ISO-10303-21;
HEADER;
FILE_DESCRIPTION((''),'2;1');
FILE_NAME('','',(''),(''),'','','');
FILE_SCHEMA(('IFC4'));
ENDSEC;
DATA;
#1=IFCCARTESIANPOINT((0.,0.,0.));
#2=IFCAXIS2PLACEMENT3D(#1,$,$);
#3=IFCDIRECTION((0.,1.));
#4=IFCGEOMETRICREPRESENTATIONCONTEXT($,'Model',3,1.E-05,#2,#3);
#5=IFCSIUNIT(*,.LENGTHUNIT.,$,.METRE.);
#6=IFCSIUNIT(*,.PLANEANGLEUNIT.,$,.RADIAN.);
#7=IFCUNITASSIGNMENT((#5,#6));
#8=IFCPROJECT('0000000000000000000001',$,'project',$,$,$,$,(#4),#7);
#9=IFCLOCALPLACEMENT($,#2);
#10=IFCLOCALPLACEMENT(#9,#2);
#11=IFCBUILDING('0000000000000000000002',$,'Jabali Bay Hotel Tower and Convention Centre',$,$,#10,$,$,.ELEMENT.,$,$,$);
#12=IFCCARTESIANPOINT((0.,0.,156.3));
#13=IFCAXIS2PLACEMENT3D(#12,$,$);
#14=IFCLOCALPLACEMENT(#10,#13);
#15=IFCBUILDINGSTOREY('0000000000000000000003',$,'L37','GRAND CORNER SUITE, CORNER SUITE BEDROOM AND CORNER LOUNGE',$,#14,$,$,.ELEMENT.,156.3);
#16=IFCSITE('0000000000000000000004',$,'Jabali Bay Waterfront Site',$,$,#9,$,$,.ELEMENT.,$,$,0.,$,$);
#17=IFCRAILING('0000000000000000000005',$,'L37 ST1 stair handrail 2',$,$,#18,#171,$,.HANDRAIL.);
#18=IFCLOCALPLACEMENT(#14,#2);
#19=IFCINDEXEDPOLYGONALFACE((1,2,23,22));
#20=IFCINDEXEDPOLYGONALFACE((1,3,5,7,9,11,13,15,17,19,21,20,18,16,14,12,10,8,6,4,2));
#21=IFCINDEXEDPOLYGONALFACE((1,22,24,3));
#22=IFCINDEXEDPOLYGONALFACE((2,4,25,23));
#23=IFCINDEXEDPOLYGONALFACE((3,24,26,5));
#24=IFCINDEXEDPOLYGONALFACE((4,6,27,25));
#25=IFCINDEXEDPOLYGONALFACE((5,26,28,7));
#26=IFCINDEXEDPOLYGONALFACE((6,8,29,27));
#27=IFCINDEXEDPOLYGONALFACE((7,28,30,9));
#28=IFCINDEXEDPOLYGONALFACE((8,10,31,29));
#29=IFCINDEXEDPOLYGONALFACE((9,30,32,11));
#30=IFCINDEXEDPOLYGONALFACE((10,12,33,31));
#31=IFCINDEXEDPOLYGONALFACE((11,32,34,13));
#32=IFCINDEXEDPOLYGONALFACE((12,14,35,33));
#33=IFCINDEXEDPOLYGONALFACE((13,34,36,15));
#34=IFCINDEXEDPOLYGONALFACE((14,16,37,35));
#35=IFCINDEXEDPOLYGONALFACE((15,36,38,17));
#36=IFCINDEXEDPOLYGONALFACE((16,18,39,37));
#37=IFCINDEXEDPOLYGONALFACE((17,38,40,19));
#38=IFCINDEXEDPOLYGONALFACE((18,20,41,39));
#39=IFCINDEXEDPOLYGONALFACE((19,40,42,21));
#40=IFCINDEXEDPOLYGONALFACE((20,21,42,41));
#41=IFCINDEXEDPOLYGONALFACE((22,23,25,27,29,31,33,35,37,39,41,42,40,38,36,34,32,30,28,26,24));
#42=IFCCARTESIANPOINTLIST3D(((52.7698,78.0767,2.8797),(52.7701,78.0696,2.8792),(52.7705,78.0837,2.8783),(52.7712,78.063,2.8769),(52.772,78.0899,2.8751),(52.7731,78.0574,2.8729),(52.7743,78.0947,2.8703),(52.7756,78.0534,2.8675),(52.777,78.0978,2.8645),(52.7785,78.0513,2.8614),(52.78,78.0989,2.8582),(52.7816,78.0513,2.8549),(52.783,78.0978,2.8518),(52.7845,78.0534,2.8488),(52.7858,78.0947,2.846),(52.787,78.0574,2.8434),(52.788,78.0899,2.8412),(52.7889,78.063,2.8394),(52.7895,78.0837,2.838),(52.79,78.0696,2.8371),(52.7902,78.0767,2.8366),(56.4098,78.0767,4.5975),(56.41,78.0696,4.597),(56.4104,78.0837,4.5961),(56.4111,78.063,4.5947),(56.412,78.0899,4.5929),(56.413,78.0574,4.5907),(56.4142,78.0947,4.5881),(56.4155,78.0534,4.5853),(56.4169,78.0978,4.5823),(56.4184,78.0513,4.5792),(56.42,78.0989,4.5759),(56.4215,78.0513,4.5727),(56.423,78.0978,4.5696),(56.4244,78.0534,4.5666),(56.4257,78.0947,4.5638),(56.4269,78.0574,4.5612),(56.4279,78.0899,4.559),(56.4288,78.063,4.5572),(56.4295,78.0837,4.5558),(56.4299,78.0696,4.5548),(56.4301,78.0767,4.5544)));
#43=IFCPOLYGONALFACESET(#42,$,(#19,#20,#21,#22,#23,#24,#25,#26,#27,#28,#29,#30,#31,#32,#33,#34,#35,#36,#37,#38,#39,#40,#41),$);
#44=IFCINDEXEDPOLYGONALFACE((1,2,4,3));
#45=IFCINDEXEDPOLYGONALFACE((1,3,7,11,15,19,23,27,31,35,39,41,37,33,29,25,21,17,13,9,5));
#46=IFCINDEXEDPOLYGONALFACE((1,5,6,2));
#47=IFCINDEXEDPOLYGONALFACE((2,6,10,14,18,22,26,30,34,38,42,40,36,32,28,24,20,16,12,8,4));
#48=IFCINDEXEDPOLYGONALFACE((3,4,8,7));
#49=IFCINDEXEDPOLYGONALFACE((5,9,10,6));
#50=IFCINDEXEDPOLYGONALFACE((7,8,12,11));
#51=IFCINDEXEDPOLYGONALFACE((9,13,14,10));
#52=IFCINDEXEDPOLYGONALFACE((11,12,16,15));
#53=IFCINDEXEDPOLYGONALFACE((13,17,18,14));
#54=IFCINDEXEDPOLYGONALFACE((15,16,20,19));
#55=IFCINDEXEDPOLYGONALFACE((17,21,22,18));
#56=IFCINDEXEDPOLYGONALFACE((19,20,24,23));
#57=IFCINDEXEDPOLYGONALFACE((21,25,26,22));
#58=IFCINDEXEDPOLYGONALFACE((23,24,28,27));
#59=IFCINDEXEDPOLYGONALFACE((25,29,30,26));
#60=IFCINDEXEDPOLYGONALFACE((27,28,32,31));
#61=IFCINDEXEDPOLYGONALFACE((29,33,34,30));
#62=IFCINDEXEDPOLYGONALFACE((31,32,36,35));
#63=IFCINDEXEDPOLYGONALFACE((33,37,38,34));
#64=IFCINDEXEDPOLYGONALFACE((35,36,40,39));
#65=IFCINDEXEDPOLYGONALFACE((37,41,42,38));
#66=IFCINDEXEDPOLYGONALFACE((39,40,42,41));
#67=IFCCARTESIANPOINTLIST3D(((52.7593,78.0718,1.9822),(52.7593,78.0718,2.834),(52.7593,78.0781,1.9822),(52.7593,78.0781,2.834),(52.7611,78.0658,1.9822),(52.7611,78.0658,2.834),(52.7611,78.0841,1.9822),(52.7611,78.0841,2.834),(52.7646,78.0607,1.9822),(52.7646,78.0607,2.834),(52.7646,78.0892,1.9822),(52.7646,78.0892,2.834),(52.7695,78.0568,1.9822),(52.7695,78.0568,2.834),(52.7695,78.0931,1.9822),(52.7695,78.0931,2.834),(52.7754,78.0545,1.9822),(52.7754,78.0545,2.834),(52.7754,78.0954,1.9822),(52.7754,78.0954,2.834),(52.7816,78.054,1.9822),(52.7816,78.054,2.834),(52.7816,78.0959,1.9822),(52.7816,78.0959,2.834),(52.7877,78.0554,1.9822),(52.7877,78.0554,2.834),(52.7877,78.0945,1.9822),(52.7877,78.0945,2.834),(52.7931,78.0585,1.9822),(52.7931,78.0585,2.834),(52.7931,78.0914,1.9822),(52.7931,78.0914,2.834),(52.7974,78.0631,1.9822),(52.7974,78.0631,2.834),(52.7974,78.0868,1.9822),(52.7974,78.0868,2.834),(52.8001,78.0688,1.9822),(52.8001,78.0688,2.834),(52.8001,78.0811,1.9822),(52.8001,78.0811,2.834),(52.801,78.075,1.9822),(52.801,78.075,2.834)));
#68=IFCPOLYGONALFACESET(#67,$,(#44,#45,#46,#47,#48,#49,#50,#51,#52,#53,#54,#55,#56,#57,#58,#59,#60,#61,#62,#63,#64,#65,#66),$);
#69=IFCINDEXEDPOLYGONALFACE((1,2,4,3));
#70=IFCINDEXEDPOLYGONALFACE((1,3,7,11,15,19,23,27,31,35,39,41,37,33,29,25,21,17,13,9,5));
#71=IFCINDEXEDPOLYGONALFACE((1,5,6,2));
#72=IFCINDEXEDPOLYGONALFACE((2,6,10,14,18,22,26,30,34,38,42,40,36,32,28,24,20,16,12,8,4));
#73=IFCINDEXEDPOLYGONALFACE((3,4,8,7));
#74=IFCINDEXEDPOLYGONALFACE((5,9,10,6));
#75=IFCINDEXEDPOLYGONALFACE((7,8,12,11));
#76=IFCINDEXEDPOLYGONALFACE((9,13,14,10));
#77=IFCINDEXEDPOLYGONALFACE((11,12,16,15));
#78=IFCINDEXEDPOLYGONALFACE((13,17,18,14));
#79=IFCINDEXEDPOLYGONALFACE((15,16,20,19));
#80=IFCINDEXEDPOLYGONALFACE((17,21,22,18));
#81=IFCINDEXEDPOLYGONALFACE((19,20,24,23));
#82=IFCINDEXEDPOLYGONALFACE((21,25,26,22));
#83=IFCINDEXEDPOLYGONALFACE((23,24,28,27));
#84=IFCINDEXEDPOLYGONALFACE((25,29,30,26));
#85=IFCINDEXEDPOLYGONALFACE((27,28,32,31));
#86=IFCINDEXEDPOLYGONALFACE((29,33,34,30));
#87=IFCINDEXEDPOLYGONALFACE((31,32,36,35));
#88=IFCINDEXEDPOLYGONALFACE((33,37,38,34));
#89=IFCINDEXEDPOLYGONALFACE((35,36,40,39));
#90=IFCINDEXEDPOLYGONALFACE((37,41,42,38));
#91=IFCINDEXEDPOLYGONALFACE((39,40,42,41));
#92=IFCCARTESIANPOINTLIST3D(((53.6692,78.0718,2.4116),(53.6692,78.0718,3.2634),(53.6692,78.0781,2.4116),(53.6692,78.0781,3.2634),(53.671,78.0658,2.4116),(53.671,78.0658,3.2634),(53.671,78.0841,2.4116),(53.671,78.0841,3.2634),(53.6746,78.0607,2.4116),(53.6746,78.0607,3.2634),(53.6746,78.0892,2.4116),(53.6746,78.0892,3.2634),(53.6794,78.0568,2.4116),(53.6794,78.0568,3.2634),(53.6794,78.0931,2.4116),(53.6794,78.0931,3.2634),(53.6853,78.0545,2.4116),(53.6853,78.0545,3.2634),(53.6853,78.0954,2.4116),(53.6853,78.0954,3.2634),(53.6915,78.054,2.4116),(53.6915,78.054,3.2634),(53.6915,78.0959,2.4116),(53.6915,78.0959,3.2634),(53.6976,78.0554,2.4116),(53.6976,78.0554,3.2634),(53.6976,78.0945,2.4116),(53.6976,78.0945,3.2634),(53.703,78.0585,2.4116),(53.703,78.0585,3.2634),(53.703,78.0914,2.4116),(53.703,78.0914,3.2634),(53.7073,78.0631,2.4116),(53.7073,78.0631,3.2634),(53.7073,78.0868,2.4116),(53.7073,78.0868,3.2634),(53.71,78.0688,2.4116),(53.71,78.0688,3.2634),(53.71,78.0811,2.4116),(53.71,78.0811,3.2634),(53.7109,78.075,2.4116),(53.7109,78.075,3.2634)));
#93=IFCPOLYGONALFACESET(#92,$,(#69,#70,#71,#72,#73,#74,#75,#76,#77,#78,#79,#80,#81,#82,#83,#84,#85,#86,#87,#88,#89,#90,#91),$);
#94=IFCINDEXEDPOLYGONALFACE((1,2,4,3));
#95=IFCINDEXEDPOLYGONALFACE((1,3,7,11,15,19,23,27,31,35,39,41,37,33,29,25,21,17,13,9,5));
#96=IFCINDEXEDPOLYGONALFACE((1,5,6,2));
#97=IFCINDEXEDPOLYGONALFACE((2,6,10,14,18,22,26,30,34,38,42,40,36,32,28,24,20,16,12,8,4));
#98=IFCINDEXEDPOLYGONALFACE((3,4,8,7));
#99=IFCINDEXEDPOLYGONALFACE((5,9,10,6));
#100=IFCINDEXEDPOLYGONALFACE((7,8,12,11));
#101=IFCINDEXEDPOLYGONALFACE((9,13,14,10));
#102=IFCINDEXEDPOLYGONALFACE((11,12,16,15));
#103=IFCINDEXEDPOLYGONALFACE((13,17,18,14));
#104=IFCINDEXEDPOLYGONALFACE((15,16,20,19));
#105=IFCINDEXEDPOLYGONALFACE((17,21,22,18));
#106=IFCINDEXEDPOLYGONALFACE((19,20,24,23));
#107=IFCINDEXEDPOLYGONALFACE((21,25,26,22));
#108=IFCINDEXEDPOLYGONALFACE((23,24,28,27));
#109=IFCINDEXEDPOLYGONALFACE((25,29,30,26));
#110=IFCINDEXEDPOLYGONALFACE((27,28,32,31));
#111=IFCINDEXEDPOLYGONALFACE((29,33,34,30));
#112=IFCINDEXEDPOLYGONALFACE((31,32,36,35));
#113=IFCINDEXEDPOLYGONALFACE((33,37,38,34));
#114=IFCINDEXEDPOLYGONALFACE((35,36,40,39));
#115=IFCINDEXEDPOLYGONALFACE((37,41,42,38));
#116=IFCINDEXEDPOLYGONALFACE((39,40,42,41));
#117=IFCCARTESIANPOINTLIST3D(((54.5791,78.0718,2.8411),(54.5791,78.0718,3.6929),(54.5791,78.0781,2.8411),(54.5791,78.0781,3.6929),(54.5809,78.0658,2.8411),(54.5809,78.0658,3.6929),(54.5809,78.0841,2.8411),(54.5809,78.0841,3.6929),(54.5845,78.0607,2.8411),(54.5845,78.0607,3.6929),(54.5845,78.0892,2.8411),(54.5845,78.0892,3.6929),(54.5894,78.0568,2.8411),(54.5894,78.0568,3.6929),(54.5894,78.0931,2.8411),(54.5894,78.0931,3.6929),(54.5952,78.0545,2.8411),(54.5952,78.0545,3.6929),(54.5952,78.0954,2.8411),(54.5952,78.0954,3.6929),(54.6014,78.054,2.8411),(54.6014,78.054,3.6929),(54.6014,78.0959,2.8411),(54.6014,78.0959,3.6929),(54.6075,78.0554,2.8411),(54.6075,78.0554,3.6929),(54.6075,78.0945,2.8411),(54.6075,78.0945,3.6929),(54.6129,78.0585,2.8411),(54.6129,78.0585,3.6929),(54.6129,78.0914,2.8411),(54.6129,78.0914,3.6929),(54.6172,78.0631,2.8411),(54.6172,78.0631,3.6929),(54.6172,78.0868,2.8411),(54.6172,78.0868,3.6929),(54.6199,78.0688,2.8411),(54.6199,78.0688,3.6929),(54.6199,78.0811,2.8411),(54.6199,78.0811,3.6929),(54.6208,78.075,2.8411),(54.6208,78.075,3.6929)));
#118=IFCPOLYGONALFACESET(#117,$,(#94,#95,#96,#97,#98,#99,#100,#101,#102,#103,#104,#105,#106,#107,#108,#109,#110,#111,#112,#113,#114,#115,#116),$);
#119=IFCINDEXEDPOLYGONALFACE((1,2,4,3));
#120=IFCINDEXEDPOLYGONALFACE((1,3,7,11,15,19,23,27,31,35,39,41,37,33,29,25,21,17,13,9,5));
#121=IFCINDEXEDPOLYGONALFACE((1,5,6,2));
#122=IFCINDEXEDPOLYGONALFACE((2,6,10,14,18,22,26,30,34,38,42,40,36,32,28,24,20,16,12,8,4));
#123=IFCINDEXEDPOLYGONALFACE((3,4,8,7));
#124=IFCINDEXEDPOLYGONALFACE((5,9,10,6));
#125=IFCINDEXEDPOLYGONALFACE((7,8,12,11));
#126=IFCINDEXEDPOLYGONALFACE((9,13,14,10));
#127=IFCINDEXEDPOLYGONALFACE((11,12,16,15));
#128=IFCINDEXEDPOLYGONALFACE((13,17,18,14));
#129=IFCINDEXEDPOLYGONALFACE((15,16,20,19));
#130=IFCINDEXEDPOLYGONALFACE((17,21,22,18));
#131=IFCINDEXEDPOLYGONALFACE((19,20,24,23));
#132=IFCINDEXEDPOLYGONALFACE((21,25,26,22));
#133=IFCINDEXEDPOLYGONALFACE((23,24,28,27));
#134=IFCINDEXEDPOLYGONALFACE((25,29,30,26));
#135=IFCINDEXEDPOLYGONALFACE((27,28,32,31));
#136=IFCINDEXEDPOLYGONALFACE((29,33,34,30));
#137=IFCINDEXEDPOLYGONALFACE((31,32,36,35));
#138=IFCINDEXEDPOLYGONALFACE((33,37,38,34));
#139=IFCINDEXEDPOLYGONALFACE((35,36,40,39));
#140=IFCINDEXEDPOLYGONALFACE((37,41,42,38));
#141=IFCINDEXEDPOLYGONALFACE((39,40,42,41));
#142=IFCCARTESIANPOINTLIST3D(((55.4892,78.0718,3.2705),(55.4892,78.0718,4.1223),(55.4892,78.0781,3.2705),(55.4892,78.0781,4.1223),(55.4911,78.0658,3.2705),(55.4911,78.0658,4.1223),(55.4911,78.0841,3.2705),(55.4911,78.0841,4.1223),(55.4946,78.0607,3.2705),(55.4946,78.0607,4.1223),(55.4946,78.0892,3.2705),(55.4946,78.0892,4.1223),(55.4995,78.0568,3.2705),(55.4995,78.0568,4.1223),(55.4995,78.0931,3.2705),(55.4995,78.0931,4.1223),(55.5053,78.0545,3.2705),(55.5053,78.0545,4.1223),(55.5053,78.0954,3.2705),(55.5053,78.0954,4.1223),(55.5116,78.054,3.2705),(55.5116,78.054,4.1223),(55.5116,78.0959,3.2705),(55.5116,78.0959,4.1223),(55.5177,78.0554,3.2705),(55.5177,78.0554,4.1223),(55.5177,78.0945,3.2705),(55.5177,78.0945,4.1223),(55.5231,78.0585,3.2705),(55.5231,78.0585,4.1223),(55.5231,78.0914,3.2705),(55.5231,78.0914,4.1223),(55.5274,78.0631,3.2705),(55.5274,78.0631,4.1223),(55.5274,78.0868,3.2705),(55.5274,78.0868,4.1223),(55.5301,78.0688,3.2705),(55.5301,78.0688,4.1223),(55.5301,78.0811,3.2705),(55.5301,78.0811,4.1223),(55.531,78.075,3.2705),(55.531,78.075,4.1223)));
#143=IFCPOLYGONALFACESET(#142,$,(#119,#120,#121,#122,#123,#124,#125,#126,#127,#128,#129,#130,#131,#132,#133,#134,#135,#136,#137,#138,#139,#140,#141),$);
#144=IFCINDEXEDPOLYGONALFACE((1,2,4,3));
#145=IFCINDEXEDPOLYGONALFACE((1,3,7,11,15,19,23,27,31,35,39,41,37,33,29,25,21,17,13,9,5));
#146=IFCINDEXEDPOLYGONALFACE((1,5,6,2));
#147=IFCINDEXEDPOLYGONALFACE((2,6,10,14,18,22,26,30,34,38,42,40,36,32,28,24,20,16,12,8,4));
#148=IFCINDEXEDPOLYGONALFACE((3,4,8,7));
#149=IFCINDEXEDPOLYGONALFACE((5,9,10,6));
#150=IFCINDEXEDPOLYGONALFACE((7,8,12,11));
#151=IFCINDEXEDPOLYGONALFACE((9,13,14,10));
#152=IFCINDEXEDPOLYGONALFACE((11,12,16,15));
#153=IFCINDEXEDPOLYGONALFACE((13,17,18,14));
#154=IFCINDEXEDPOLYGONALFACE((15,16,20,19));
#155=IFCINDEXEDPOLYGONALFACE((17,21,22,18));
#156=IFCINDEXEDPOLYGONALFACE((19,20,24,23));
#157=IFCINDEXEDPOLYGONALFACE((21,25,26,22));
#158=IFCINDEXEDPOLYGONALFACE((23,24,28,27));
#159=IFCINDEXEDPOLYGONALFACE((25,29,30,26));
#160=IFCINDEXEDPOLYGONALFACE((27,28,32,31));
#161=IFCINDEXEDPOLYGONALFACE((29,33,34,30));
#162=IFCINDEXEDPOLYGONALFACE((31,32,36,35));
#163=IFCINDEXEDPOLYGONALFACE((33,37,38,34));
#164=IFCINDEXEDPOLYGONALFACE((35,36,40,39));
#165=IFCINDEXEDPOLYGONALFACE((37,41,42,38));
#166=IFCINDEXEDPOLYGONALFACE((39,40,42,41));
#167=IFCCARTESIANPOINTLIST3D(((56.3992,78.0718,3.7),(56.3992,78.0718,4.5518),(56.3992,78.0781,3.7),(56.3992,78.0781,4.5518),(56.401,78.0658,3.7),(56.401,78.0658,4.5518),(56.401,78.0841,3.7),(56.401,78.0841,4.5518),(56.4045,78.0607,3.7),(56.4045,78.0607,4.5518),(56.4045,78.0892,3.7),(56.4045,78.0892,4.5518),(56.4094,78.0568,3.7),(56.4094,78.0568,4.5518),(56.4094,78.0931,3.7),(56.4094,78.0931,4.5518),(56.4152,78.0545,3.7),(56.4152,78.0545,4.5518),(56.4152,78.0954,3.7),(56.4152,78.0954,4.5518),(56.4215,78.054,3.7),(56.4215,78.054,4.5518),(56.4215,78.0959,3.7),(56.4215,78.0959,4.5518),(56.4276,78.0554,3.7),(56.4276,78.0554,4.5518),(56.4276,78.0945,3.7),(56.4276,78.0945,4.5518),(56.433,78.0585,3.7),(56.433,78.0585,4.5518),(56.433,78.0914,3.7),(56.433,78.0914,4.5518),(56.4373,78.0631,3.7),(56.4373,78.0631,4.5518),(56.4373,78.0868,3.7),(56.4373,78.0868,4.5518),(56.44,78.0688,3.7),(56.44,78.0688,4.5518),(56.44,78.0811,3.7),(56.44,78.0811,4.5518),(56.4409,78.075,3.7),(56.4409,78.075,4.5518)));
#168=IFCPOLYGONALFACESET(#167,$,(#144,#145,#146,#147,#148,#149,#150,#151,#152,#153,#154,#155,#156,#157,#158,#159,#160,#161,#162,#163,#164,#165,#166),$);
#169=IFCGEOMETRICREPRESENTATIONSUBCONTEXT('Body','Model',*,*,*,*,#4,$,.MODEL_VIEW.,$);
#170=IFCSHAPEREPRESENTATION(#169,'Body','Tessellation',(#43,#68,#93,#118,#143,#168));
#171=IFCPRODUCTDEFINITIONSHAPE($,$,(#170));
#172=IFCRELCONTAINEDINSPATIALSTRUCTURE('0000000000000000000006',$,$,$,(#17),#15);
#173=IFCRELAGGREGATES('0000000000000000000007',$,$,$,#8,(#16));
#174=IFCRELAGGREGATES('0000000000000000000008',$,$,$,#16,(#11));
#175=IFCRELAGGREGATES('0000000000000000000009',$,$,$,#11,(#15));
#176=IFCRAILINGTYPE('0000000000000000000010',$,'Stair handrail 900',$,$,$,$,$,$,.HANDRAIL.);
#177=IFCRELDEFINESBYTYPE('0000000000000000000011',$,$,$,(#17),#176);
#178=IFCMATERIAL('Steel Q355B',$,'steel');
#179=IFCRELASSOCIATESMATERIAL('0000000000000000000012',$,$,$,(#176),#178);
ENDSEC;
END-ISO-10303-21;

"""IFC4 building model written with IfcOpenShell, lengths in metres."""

from ifc_helpers import new_model, si_unit, direction, frame, origin, origin_2d, place, context, subcontext, project, spatial, circle, extrude, material, type_object, element, save


model = new_model("IFC4")

# Units and contexts
model_context = context("Model", 3, precision=1e-05, world=origin(), true_north=direction((0.0, 1.0)))
body_context = subcontext(model_context, "Body", "Model", "MODEL_VIEW")
ifc_project = project(units=[si_unit("LENGTHUNIT", "METRE"), si_unit("PLANEANGLEUNIT", "RADIAN")], contexts=[model_context])

# Site, building, storey
site_placement = place(None, origin())
site = spatial("IfcSite", under=ifc_project, at=site_placement, Name="Jabali Bay Waterfront Site", CompositionType="ELEMENT", RefElevation=0.0)
building_placement = place(site_placement, origin())
building = spatial("IfcBuilding", under=site, at=building_placement, Name="Jabali Bay Hotel Tower and Convention Centre", CompositionType="ELEMENT")
storey_placement = place(building_placement, frame((0.0, 0.0, 156.3)))
storey = spatial("IfcBuildingStorey", under=building, at=storey_placement, Name="L37", Description="GRAND CORNER SUITE, CORNER SUITE BEDROOM AND CORNER LOUNGE", CompositionType="ELEMENT", Elevation=156.3)

# Railing
ifc_material_1 = material(Name="Steel Q355B", Category="steel")
railing_type = type_object("IfcRailingType", Name="Stair handrail 900", PredefinedType="HANDRAIL", material=ifc_material_1)
railing_placement = place(storey_placement, frame((52.78, 78.075, 1.9822)))
element("IfcRailing", 1, at=railing_placement, inside=storey, type_object=railing_type, Name="L37 ST1 stair handrail 2", PredefinedType="HANDRAIL", context=body_context, shape_type="SweptSolid", body=[
    extrude(circle(Radius=0.0239, at=origin_2d()), frame((0.0, 0.0, 0.876), z_axis=(0.904351, 0.0, 0.42679), x_axis=(0.0, 1.0, 0.0)), (0.0, 0.0, 1.0), 4.0249),
    extrude(circle(Radius=0.021, at=origin_2d()), origin(), (0.0, 0.0, 1.0), 0.8518),
    extrude(circle(Radius=0.021, at=origin_2d()), frame((0.9099, 0.0, 0.4294)), (0.0, 0.0, 1.0), 0.8518),
    extrude(circle(Radius=0.021, at=origin_2d()), frame((1.8198, 0.0, 0.8589)), (0.0, 0.0, 1.0), 0.8518),
    extrude(circle(Radius=0.021, at=origin_2d()), frame((2.73, 0.0, 1.2883)), (0.0, 0.0, 1.0), 0.8518),
    extrude(circle(Radius=0.021, at=origin_2d()), frame((3.6399, 0.0, 1.7178)), (0.0, 0.0, 1.0), 0.8518),
])

save(model, "model.ifc")
